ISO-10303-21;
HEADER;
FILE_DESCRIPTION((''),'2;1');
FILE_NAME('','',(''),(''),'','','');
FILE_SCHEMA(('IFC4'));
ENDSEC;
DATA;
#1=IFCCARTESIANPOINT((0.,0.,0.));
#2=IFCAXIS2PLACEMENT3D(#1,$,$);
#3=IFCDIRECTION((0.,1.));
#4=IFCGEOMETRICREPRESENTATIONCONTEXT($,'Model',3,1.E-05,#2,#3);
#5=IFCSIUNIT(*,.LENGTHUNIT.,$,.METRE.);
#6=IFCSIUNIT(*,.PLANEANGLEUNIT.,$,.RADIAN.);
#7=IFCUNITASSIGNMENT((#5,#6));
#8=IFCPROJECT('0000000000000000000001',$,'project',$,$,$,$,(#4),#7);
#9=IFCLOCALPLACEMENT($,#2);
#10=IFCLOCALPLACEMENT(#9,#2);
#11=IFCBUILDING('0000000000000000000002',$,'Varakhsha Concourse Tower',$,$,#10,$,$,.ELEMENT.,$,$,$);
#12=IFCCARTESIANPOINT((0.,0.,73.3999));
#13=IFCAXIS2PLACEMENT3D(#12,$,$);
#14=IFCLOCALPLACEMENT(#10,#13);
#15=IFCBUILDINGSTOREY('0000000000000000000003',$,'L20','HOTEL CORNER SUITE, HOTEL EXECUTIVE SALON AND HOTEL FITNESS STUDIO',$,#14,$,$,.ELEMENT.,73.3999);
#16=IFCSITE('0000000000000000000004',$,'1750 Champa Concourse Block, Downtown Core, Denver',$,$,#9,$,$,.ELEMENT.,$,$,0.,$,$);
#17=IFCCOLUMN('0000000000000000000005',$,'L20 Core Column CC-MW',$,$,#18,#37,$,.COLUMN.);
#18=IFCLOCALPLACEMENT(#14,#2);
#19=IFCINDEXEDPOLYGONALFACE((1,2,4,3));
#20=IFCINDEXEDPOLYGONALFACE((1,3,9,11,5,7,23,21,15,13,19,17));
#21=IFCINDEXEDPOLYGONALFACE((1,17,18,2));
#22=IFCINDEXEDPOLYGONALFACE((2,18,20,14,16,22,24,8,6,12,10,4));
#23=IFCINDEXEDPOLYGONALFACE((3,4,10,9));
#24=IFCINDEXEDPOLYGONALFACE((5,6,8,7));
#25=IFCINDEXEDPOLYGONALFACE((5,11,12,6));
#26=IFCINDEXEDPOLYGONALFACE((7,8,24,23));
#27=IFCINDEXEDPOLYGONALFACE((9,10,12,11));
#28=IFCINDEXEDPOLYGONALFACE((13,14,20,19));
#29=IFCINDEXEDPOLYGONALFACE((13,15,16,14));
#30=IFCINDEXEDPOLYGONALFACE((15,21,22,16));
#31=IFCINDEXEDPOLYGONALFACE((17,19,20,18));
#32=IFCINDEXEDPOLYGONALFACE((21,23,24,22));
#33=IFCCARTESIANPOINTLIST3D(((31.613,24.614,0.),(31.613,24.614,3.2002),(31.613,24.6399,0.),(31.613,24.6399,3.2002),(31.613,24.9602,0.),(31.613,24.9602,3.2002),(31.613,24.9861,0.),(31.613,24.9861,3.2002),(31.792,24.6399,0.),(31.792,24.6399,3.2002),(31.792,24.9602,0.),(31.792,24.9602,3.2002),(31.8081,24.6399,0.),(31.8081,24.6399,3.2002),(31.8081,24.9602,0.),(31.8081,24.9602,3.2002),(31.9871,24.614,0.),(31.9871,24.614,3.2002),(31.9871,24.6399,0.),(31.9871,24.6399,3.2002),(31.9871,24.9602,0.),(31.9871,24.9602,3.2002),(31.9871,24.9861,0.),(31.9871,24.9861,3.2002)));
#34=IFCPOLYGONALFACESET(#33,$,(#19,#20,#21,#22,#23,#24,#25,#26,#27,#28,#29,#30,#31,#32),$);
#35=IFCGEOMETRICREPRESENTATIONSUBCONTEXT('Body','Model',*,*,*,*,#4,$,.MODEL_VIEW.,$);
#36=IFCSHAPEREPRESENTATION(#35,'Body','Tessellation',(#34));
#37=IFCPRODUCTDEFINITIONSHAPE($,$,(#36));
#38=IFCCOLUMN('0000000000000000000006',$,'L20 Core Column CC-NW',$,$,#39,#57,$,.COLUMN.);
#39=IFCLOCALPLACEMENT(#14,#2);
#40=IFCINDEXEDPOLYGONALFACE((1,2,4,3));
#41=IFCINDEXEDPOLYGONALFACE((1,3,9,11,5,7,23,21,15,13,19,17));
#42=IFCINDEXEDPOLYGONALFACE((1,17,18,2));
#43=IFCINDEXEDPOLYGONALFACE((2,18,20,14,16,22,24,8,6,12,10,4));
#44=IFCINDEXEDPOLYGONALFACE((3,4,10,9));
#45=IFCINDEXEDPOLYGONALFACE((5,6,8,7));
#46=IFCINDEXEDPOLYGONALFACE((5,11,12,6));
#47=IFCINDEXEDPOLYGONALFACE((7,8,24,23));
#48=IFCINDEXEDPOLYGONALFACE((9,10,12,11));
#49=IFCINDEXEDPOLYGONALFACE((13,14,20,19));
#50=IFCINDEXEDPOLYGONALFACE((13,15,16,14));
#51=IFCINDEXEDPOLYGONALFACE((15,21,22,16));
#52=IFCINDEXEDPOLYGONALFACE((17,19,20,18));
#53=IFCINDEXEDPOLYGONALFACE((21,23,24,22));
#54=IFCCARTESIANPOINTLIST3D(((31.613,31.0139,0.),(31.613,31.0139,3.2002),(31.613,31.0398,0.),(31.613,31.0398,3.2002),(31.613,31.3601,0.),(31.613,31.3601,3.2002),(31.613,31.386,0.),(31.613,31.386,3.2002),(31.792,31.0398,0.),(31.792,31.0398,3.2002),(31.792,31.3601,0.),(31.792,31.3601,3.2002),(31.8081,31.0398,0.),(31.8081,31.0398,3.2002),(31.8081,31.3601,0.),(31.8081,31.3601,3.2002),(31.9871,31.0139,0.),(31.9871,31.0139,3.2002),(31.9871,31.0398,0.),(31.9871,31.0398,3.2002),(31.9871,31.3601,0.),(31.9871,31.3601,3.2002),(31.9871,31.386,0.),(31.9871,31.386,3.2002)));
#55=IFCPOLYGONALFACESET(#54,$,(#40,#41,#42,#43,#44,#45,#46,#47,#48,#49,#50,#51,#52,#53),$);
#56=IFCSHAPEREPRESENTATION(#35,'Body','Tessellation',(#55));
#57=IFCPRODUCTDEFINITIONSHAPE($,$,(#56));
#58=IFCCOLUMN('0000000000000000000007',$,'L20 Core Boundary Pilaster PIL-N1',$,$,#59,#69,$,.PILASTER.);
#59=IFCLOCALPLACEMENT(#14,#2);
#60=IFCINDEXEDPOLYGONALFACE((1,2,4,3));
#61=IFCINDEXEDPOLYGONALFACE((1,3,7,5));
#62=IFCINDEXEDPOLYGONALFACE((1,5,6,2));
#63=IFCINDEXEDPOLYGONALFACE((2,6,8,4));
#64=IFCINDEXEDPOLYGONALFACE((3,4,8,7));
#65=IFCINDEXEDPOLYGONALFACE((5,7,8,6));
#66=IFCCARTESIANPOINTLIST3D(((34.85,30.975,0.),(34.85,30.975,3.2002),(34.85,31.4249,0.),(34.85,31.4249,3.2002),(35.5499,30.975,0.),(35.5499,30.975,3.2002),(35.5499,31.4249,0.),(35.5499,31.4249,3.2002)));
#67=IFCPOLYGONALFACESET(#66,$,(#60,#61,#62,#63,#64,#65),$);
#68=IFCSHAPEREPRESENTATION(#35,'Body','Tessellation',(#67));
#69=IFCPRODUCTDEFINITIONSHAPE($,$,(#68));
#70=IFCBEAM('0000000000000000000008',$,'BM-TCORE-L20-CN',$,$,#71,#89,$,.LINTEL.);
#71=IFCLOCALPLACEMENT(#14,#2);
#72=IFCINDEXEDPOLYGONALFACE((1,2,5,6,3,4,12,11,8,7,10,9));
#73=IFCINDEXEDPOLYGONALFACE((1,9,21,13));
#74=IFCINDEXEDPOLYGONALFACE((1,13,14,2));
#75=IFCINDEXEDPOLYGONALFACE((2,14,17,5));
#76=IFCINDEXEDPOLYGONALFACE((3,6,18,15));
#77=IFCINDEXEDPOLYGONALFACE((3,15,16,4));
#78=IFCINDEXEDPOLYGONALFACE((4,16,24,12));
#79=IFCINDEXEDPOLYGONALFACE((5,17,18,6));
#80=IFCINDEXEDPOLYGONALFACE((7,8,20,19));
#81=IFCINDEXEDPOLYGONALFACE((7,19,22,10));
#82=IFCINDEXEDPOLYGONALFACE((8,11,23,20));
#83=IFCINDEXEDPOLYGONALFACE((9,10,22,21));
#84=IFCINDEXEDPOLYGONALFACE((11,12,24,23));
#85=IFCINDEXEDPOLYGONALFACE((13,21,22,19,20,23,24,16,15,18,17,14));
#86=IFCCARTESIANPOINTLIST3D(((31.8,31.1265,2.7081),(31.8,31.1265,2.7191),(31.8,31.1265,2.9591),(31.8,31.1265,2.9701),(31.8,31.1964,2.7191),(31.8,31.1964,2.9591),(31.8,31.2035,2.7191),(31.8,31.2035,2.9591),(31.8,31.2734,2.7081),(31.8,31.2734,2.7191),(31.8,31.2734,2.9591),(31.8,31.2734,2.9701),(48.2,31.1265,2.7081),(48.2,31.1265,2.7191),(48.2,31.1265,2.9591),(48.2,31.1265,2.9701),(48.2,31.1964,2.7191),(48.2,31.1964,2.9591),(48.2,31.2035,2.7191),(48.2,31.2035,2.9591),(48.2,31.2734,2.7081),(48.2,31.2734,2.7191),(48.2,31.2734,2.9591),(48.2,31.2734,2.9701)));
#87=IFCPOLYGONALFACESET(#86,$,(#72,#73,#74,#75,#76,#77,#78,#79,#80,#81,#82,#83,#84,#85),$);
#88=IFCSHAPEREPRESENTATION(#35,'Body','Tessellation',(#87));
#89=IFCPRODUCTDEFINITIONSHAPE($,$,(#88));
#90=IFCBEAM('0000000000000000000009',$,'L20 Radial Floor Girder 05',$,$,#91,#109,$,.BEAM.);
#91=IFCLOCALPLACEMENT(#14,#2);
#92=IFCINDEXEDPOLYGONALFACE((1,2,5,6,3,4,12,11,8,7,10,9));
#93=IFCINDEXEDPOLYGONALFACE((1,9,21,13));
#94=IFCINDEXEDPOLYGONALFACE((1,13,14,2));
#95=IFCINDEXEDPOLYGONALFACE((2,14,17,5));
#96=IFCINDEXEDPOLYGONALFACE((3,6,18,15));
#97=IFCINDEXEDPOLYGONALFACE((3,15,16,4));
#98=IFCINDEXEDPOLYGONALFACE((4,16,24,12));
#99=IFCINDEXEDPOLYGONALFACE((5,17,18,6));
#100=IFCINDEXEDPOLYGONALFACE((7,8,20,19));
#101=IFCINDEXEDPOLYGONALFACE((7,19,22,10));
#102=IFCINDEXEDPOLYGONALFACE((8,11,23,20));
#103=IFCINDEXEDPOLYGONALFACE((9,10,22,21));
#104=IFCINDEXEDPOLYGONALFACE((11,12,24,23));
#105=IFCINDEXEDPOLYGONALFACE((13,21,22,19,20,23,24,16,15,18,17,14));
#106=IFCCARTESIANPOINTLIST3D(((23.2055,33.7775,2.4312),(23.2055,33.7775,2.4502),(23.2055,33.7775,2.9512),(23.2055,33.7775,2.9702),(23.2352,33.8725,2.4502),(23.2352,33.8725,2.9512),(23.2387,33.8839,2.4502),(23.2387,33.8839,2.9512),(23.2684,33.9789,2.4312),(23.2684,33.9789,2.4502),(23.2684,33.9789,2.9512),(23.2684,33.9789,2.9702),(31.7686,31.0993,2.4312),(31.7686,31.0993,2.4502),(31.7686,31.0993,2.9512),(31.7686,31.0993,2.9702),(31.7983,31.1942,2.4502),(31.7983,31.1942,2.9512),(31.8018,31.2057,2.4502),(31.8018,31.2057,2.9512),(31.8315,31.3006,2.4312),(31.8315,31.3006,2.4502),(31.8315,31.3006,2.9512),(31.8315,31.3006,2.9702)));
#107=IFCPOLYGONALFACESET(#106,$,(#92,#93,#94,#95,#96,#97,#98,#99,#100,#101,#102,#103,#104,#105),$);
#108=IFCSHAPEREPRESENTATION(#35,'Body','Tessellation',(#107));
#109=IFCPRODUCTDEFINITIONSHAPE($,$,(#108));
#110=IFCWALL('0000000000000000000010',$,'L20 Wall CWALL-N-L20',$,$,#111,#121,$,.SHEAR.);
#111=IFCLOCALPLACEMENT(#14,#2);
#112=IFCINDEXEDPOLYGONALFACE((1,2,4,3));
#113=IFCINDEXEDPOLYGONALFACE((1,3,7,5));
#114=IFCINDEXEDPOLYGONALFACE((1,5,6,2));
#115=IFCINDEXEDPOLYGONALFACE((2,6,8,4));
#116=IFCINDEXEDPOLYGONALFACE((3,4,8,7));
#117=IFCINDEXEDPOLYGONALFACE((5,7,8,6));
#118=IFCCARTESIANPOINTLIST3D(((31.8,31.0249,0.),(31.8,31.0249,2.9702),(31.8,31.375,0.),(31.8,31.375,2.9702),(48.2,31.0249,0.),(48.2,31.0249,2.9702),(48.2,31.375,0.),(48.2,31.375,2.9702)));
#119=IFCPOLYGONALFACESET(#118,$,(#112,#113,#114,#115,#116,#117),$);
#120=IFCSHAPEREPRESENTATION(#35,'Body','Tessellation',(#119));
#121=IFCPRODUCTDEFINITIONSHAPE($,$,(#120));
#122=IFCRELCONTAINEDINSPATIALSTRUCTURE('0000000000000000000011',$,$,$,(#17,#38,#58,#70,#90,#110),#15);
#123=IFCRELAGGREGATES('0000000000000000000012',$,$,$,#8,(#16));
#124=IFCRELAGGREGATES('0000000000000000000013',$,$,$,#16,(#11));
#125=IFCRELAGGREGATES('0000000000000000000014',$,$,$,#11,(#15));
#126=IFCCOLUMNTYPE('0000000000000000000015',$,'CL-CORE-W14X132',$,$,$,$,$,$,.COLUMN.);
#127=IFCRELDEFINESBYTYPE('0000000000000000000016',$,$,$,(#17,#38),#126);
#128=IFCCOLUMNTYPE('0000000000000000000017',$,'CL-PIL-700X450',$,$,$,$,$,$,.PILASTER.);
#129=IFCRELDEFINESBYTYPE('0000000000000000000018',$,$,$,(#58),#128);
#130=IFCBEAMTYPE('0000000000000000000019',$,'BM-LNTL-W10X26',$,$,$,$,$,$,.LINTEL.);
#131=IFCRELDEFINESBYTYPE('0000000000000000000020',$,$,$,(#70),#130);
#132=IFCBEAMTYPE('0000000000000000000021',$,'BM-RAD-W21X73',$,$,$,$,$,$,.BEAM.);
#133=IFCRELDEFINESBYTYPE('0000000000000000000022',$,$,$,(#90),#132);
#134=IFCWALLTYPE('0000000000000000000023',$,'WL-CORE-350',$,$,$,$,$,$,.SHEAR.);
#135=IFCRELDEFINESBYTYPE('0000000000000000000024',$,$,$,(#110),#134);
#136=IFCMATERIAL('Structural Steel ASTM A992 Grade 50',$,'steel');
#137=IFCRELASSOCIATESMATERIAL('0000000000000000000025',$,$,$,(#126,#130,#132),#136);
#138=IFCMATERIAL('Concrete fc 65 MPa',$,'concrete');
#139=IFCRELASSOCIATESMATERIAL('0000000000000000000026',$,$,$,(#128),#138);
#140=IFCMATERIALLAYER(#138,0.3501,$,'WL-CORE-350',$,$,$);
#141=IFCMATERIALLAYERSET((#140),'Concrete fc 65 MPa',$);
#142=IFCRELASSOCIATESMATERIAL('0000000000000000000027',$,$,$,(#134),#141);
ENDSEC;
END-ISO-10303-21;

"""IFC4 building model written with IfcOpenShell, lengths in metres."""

from ifc_helpers import new_model, si_unit, direction, frame, frame_2d, origin, origin_2d, place, context, subcontext, project, spatial, rectangle, i_section, extrude, material, layer, layer_set, material_profile, profile_set, type_object, element, save


model = new_model("IFC4")

# Units and contexts
model_context = context("Model", 3, precision=1e-05, world=origin(), true_north=direction((0.0, 1.0)))
body_context = subcontext(model_context, "Body", "Model", "MODEL_VIEW")
ifc_project = project(units=[si_unit("LENGTHUNIT", "METRE"), si_unit("PLANEANGLEUNIT", "RADIAN")], contexts=[model_context])

# Site, building, storey
site_placement = place(None, origin())
site = spatial("IfcSite", under=ifc_project, at=site_placement, Name="1750 Champa Concourse Block, Downtown Core, Denver", CompositionType="ELEMENT", RefElevation=0.0)
building_placement = place(site_placement, origin())
building = spatial("IfcBuilding", under=site, at=building_placement, Name="Varakhsha Concourse Tower", CompositionType="ELEMENT")
storey_placement = place(building_placement, frame((0.0, 0.0, 73.3999)))
storey = spatial("IfcBuildingStorey", under=building, at=storey_placement, Name="L20", Description="HOTEL CORNER SUITE, HOTEL EXECUTIVE SALON AND HOTEL FITNESS STUDIO", CompositionType="ELEMENT", Elevation=73.3999)

# Columns
ifc_material_1 = material(Name="Structural Steel ASTM A992 Grade 50", Category="steel")
ifc_material_profile_1 = material_profile(ifc_material_1, i_section(OverallWidth=0.374, OverallDepth=0.3721, WebThickness=0.0161, FlangeThickness=0.0259, at=origin_2d()), Name="W14X132")
ifc_profile_set_1 = profile_set([ifc_material_profile_1], Name="Structural Steel ASTM A992 Grade 50")
column_type_1 = type_object("IfcColumnType", Name="CL-CORE-W14X132", PredefinedType="COLUMN", material=ifc_profile_set_1)
for number, where, z_axis, x_axis, name in (
    (1, (31.8, 24.8, 0.0), (0.0, 0.0, 1.0), (1.0, 0.0, 0.0), "L20 Core Column CC-MW"),
    (2, (31.8, 31.2, 0.0), (0.0, 0.0, 1.0), (1.0, 0.0, 0.0), "L20 Core Column CC-NW"),
):
    element("IfcColumn", number, at=place(storey_placement, frame(where, z_axis=z_axis, x_axis=x_axis)), inside=storey, type_object=column_type_1, Name=name, PredefinedType="COLUMN", context=body_context, shape_type="SweptSolid", body=[
        extrude(i_section(OverallWidth=0.374, OverallDepth=0.3721, WebThickness=0.0161, FlangeThickness=0.0259, at=origin_2d()), origin(), (0.0, 0.0, 1.0), 3.2002),
    ])
ifc_material_2 = material(Name="Concrete fc 65 MPa", Category="concrete")
ifc_material_profile_2 = material_profile(ifc_material_2, rectangle(XDim=0.7, YDim=0.45, at=origin_2d()), Name="RC 700x450")
ifc_profile_set_2 = profile_set([ifc_material_profile_2], Name="Concrete fc 65 MPa")
column_type_2 = type_object("IfcColumnType", Name="CL-PIL-700X450", PredefinedType="PILASTER", material=ifc_profile_set_2)
column_placement = place(storey_placement, frame((35.2, 31.2, 0.0), z_axis=(0.0, 0.0, 1.0), x_axis=(1.0, 0.0, 0.0)))
element("IfcColumn", 3, at=column_placement, inside=storey, type_object=column_type_2, Name="L20 Core Boundary Pilaster PIL-N1", PredefinedType="PILASTER", context=body_context, shape_type="SweptSolid", body=[
    extrude(rectangle(XDim=0.7, YDim=0.45, at=origin_2d()), origin(), (0.0, 0.0, 1.0), 3.2002),
])

# Beams
ifc_material_profile_3 = material_profile(ifc_material_1, i_section(OverallWidth=0.147, OverallDepth=0.262, WebThickness=0.0071, FlangeThickness=0.011, at=origin_2d()), Name="W10X26")
ifc_profile_set_3 = profile_set([ifc_material_profile_3], Name="Structural Steel ASTM A992 Grade 50")
beam_type_1 = type_object("IfcBeamType", Name="BM-LNTL-W10X26", PredefinedType="LINTEL", material=ifc_profile_set_3)
beam_1_placement = place(storey_placement, frame((31.8, 31.2, 2.8391), z_axis=(1.0, 0.0, 0.0), x_axis=(0.0, 1.0, 0.0)))
element("IfcBeam", 4, at=beam_1_placement, inside=storey, type_object=beam_type_1, Name="BM-TCORE-L20-CN", PredefinedType="LINTEL", context=body_context, shape_type="SweptSolid", body=[
    extrude(i_section(OverallWidth=0.147, OverallDepth=0.262, WebThickness=0.0071, FlangeThickness=0.011, at=origin_2d()), origin(), (0.0, 0.0, 1.0), 16.3999),
])
ifc_material_profile_4 = material_profile(ifc_material_1, i_section(OverallWidth=0.2109, OverallDepth=0.5391, WebThickness=0.012, FlangeThickness=0.019, at=origin_2d()), Name="W21X73")
ifc_profile_set_4 = profile_set([ifc_material_profile_4], Name="Structural Steel ASTM A992 Grade 50")
beam_type_2 = type_object("IfcBeamType", Name="BM-RAD-W21X73", PredefinedType="BEAM", material=ifc_profile_set_4)
beam_2_placement = place(storey_placement, frame((31.8, 31.2, 2.7007), z_axis=(-0.954407, 0.298507, 0.0), x_axis=(-0.298507, -0.954407, 0.0)))
element("IfcBeam", 5, at=beam_2_placement, inside=storey, type_object=beam_type_2, Name="L20 Radial Floor Girder 05", PredefinedType="BEAM", context=body_context, shape_type="SweptSolid", body=[
    extrude(i_section(OverallWidth=0.2109, OverallDepth=0.5391, WebThickness=0.012, FlangeThickness=0.019, at=origin_2d()), origin(), (0.0, 0.0, 1.0), 8.9722),
])

# Wall
ifc_layer_1 = layer(ifc_material_2, 0.3501, Name="WL-CORE-350")
ifc_layer_set_1 = layer_set([ifc_layer_1], Name="Concrete fc 65 MPa")
wall_type_1 = type_object("IfcWallType", Name="WL-CORE-350", PredefinedType="SHEAR", material=ifc_layer_set_1)
wall_1_placement = place(storey_placement, frame((31.8, 31.2, 0.0), z_axis=(0.0, 0.0, 1.0), x_axis=(1.0, 0.0, 0.0)))
element("IfcWall", 6, at=wall_1_placement, inside=storey, type_object=wall_type_1, Name="L20 Wall CWALL-N-L20", PredefinedType="SHEAR", context=body_context, shape_type="SweptSolid", body=[
    extrude(rectangle(XDim=16.3999, YDim=0.3501, at=frame_2d((8.2, 0.0))), origin(), (0.0, 0.0, 1.0), 2.9702),
])

save(model, "model.ifc")
